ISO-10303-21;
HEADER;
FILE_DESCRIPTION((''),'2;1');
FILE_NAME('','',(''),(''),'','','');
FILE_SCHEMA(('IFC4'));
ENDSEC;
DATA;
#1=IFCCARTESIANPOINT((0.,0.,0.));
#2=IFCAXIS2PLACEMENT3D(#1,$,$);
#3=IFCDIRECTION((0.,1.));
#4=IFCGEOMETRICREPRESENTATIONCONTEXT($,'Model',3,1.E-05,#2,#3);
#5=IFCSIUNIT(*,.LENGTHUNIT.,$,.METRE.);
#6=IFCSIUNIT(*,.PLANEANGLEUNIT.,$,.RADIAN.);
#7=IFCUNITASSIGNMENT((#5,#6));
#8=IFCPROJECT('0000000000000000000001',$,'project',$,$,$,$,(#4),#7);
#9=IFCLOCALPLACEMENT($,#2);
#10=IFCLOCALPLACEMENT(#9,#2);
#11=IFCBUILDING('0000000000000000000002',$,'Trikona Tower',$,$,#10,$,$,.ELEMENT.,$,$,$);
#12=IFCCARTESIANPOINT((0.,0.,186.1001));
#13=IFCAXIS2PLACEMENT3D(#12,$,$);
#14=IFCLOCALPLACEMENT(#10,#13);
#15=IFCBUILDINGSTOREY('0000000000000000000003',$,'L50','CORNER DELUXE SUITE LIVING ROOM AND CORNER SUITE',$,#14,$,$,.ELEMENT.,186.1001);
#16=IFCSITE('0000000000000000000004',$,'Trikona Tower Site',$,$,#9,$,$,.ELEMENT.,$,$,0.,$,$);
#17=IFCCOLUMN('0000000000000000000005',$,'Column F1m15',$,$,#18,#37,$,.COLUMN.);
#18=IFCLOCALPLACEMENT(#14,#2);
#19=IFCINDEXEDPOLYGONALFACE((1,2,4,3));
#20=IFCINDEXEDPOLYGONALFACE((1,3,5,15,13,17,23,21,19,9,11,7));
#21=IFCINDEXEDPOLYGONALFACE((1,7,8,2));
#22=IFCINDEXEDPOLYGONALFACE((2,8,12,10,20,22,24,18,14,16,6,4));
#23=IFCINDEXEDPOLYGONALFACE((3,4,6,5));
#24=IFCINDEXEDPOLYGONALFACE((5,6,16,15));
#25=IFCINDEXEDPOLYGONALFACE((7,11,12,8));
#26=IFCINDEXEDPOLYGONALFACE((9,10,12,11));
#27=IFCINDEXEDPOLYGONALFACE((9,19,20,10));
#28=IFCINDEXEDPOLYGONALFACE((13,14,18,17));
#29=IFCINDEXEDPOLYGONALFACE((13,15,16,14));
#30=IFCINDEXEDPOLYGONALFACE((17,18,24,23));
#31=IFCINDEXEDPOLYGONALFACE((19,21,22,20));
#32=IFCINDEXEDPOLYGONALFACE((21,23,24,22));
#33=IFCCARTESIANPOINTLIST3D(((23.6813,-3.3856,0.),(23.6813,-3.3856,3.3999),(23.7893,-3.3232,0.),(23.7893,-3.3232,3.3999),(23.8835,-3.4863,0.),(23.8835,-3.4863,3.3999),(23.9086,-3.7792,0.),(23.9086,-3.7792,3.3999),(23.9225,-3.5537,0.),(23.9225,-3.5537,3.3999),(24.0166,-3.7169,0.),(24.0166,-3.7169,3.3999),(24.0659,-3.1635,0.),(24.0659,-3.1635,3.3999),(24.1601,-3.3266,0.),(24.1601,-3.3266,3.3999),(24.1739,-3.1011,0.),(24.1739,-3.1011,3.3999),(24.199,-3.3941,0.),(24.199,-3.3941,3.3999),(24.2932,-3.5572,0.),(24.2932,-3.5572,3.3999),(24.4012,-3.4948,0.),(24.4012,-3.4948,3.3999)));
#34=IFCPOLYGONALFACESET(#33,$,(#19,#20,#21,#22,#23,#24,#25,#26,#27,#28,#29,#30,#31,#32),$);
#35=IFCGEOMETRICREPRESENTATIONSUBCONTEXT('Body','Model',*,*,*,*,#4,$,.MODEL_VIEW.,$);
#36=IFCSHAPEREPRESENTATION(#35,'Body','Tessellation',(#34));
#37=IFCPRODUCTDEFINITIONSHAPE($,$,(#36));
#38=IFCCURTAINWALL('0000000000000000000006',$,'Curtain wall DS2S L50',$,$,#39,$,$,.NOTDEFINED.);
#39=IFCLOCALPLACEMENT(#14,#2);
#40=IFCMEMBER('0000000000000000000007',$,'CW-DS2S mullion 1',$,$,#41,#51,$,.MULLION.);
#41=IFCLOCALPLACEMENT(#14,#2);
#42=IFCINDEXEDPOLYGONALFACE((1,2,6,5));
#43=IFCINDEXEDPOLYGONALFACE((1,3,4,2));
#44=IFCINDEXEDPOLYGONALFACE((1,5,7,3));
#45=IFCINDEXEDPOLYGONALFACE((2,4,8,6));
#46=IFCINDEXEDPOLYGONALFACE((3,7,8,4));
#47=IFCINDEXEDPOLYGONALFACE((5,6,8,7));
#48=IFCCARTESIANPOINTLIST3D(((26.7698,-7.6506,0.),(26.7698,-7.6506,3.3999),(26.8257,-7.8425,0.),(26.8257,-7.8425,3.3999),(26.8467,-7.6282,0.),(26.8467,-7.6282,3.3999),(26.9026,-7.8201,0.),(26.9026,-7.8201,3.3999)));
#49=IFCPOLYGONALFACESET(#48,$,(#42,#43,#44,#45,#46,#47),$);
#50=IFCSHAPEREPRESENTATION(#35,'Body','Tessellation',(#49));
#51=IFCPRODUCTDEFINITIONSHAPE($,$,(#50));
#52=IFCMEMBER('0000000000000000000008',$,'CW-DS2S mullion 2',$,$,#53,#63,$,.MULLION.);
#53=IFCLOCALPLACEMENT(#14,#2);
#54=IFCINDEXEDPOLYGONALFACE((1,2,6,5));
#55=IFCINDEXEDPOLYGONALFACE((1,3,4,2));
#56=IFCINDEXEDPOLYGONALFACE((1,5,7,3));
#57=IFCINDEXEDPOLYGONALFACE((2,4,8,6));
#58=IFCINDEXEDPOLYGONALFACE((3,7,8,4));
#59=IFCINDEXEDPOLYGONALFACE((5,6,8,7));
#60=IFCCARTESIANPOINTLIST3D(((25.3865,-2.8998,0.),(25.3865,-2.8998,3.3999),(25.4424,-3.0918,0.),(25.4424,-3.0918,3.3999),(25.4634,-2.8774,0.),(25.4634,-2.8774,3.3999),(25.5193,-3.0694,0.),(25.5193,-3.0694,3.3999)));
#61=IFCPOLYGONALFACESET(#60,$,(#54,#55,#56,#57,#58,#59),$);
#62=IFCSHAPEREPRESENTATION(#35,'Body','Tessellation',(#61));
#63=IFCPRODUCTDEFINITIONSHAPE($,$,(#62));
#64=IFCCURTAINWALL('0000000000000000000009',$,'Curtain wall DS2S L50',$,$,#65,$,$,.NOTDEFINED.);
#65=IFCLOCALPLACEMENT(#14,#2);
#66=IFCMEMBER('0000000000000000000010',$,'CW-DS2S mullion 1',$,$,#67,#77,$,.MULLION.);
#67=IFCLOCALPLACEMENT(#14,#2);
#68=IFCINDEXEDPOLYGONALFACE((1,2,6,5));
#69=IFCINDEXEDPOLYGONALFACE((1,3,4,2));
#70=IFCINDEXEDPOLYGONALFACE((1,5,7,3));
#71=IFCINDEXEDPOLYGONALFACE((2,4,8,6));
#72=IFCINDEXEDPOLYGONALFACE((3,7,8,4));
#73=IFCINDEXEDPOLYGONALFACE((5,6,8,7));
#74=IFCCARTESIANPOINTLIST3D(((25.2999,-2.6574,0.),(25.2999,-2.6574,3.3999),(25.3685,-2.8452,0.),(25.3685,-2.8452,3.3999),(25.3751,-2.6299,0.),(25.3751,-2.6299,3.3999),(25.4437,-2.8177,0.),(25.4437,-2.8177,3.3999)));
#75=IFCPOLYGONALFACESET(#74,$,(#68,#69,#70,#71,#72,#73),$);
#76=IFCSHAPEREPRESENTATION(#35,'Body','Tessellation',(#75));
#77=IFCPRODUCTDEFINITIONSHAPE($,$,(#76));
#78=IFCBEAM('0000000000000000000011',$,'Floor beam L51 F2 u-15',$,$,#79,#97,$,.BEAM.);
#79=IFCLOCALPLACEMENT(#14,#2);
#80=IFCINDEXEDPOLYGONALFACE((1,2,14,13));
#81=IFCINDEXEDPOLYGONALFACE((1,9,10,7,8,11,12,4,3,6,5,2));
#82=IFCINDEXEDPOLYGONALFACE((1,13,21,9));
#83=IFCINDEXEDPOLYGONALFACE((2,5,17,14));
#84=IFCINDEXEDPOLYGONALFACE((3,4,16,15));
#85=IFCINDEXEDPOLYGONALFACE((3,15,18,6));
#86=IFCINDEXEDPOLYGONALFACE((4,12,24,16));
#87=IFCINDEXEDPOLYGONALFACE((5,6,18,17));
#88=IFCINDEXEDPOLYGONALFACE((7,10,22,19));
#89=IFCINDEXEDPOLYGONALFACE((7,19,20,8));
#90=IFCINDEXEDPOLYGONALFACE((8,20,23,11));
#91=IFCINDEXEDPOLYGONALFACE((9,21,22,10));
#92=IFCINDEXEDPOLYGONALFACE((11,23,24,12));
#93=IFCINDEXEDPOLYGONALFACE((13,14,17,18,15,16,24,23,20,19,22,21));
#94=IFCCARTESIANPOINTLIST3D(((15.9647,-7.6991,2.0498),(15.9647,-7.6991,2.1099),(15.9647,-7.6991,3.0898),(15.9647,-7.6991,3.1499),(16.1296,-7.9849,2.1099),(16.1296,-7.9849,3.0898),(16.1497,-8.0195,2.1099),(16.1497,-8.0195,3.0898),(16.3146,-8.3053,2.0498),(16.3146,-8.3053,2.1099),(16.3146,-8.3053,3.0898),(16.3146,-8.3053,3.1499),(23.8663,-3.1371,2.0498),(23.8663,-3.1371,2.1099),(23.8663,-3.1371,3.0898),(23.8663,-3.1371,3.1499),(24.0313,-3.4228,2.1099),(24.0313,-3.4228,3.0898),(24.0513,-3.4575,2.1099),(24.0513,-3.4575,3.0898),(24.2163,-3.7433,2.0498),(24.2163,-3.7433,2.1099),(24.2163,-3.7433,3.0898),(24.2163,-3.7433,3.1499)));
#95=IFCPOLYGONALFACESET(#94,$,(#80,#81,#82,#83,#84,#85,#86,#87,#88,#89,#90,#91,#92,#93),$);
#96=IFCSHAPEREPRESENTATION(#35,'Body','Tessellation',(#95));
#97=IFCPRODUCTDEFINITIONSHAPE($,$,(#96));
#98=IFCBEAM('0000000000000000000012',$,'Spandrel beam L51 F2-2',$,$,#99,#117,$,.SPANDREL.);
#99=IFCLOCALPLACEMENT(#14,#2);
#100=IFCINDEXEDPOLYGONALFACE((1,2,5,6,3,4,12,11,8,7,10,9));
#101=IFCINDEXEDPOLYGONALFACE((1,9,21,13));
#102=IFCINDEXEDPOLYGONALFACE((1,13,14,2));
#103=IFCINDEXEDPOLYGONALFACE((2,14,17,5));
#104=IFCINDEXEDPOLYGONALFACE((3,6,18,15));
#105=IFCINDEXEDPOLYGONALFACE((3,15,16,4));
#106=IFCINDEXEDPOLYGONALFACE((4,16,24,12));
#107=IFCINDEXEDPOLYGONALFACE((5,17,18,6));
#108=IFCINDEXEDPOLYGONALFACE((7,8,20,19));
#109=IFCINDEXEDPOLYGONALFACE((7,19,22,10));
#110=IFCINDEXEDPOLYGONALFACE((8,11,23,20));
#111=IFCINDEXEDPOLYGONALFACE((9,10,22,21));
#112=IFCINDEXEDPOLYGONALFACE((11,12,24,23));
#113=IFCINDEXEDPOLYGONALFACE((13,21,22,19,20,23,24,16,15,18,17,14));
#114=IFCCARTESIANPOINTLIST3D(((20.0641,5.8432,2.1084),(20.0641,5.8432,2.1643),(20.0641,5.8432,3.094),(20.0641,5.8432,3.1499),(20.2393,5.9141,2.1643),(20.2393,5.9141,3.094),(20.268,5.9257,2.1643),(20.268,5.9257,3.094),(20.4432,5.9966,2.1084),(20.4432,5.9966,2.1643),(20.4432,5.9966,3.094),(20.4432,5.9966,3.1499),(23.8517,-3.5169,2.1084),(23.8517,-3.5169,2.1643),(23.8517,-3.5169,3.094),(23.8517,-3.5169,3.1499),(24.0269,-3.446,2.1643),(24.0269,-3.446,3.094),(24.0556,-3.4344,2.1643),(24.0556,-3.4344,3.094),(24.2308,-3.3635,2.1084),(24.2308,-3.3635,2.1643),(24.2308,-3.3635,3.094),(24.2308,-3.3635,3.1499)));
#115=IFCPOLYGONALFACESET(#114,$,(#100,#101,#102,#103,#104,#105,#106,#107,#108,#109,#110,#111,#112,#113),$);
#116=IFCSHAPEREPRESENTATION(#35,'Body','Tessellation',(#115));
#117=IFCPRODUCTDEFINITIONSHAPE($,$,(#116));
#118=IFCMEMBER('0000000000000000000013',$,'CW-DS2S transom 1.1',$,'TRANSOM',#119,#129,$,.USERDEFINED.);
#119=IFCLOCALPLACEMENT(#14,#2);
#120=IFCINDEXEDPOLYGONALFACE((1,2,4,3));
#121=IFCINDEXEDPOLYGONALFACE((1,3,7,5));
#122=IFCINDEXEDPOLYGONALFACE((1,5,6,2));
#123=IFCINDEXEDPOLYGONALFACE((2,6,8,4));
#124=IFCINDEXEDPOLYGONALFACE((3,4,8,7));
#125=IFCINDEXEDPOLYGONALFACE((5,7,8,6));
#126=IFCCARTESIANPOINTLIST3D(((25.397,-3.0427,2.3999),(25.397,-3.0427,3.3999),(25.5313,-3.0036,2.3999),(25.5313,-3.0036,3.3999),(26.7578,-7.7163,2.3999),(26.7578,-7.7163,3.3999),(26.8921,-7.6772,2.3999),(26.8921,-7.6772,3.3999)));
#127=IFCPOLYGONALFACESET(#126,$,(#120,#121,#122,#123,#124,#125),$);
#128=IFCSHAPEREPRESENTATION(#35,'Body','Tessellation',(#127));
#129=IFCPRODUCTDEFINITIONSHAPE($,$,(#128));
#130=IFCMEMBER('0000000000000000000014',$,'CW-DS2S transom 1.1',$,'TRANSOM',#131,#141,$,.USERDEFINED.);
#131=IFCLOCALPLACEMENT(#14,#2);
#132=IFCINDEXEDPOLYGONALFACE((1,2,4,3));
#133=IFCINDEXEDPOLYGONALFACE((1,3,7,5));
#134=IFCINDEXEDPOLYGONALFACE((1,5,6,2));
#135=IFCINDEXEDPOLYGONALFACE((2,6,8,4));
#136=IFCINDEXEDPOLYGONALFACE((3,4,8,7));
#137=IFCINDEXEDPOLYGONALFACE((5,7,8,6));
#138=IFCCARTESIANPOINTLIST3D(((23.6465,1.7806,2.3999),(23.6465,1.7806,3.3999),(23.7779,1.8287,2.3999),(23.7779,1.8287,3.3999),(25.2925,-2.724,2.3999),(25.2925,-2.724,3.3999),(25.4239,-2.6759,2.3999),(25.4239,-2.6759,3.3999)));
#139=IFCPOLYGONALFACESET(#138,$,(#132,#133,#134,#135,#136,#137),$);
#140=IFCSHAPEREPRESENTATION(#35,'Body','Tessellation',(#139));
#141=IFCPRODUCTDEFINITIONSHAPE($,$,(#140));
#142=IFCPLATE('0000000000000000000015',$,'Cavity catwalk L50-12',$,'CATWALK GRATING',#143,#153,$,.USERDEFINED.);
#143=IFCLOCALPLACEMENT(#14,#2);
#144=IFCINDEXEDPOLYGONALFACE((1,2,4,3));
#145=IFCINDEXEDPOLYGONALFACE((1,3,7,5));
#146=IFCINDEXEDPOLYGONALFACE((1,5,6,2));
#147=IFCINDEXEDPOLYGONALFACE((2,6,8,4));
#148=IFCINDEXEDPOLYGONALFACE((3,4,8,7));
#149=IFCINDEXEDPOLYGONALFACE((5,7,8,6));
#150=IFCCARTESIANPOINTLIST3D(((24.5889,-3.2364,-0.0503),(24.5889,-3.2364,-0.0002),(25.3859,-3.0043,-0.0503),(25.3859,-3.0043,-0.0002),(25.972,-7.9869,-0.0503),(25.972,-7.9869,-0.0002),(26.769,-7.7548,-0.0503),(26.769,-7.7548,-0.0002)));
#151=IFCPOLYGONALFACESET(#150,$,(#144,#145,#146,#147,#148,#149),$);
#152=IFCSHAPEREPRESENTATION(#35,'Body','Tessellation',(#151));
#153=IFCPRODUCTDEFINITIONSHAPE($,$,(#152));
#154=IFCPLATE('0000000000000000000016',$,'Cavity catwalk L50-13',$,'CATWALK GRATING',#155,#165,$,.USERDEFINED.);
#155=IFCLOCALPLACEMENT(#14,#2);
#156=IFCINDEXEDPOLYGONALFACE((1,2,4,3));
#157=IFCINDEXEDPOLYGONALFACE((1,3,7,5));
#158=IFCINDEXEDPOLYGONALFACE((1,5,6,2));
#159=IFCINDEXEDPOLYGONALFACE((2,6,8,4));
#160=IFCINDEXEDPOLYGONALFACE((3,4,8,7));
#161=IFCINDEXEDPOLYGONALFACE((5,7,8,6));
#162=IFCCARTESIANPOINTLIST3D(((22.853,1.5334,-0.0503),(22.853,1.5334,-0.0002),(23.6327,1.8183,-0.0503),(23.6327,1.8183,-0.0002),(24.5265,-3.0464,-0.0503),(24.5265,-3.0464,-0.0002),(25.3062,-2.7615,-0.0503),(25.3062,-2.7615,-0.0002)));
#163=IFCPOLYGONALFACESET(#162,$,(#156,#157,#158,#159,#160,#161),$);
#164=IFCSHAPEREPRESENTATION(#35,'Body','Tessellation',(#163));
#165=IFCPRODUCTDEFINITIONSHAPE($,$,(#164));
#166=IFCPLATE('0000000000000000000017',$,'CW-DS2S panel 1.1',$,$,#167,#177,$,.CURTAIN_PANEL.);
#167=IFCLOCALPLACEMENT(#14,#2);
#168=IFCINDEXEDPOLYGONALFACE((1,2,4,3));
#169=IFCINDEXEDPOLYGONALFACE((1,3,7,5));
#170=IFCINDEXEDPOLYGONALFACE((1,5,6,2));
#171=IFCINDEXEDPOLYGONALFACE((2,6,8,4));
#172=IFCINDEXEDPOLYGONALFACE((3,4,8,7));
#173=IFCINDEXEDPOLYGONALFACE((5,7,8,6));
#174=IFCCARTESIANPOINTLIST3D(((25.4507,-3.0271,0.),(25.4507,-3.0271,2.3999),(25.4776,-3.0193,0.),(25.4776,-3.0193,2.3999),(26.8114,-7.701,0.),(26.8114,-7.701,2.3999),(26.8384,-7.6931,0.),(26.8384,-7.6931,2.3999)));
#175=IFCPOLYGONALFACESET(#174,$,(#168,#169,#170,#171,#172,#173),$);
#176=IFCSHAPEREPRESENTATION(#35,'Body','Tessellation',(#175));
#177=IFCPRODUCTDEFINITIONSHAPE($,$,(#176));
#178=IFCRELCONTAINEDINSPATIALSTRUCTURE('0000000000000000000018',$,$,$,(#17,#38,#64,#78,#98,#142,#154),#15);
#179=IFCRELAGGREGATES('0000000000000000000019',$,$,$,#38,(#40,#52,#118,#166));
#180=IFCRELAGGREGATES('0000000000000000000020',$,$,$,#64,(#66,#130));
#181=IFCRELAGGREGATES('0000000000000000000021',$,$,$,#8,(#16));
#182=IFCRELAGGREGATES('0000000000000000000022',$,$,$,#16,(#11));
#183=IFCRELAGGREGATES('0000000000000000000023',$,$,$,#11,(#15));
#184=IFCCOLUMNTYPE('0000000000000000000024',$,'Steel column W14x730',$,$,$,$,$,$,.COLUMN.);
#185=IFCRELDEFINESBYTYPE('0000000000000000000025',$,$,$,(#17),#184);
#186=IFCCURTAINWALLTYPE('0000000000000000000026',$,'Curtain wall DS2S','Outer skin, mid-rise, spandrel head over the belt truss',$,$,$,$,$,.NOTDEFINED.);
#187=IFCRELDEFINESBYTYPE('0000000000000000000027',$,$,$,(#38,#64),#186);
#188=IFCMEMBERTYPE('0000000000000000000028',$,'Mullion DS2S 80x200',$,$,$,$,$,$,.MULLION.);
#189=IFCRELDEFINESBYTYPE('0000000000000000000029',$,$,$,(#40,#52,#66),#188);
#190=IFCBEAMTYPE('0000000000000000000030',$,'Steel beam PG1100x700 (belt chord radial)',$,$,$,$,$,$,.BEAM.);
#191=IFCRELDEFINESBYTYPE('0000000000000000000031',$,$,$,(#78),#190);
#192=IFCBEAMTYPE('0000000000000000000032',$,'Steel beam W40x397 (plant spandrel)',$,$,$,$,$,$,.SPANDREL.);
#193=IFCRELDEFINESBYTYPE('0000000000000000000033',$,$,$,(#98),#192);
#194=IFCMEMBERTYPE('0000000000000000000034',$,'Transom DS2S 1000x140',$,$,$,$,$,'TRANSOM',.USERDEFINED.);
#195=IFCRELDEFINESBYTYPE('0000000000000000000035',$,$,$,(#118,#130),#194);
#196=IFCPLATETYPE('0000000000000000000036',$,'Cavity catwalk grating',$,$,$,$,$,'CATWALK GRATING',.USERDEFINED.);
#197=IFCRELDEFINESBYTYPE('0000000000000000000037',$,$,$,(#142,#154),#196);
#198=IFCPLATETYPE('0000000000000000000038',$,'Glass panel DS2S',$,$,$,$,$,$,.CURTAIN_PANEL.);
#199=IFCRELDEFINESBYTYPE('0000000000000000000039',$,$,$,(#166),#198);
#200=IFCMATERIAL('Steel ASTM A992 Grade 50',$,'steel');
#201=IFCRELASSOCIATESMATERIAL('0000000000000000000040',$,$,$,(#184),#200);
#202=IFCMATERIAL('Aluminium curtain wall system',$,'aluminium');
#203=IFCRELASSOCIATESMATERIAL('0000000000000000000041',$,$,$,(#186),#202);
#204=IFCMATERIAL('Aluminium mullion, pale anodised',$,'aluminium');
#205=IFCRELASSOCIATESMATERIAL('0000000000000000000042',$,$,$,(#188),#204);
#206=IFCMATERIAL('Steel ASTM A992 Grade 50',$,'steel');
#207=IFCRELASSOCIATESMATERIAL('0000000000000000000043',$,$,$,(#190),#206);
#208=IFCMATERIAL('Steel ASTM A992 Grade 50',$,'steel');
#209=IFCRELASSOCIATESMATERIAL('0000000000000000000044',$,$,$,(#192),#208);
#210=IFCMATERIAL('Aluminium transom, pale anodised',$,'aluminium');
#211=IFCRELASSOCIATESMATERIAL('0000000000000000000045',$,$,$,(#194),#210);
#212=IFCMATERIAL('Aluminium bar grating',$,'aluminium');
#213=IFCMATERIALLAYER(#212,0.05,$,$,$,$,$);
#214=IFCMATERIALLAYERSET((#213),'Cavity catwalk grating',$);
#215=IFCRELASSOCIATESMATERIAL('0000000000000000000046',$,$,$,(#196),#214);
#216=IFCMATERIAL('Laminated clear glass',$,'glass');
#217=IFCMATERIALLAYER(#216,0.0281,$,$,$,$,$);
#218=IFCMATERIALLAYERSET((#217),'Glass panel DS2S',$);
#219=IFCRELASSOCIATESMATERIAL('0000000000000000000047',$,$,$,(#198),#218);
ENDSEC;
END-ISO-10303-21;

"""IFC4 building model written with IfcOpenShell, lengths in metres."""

from ifc_helpers import new_model, si_unit, direction, frame, origin, origin_2d, place, context, subcontext, project, spatial, rectangle, i_section, extrude, material, layer, layer_set, material_profile, profile_set, type_object, element, aggregate, save


model = new_model("IFC4")

# Units and contexts
model_context = context("Model", 3, precision=1e-05, world=origin(), true_north=direction((0.0, 1.0)))
body_context = subcontext(model_context, "Body", "Model", "MODEL_VIEW")
ifc_project = project(units=[si_unit("LENGTHUNIT", "METRE"), si_unit("PLANEANGLEUNIT", "RADIAN")], contexts=[model_context])

# Site, building, storey
site_placement = place(None, origin())
site = spatial("IfcSite", under=ifc_project, at=site_placement, Name="Trikona Tower Site", CompositionType="ELEMENT", RefElevation=0.0)
building_placement = place(site_placement, origin())
building = spatial("IfcBuilding", under=site, at=building_placement, Name="Trikona Tower", CompositionType="ELEMENT")
storey_placement = place(building_placement, frame((0.0, 0.0, 186.1001)))
storey = spatial("IfcBuildingStorey", under=building, at=storey_placement, Name="L50", Description="CORNER DELUXE SUITE LIVING ROOM AND CORNER SUITE", CompositionType="ELEMENT", Elevation=186.1001)

# Column
ifc_material_1 = material(Name="Steel ASTM A992 Grade 50", Category="steel")
ifc_material_profile_1 = material_profile(ifc_material_1, i_section(OverallWidth=0.4546, OverallDepth=0.5688, WebThickness=0.0779, FlangeThickness=0.1248, at=origin_2d()), Name="W14X730")
ifc_profile_set_1 = profile_set([ifc_material_profile_1], Name="Steel ASTM A992 Grade 50")
column_type = type_object("IfcColumnType", Name="Steel column W14x730", PredefinedType="COLUMN", material=ifc_profile_set_1)
column_placement = place(storey_placement, frame((24.0413, -3.4402, 0.0), z_axis=(0.0, 0.0, 1.0), x_axis=(-0.5, 0.866025, 0.0)))
element("IfcColumn", 1, at=column_placement, inside=storey, type_object=column_type, Name="Column F1m15", PredefinedType="COLUMN", context=body_context, shape_type="SweptSolid", body=[
    extrude(i_section(OverallWidth=0.4546, OverallDepth=0.5688, WebThickness=0.0779, FlangeThickness=0.1248, at=origin_2d()), origin(), (0.0, 0.0, 1.0), 3.3999),
])

# Curtain wall, members
ifc_material_2 = material(Name="Aluminium curtain wall system", Category="aluminium")
curtain_wall_type = type_object("IfcCurtainWallType", Name="Curtain wall DS2S", Description="Outer skin, mid-rise, spandrel head over the belt truss", PredefinedType="NOTDEFINED", material=ifc_material_2)
curtain_wall_1_placement = place(storey_placement, origin())
curtain_wall_1 = element("IfcCurtainWall", 2, at=curtain_wall_1_placement, inside=storey, type_object=curtain_wall_type, Name="Curtain wall DS2S L50", PredefinedType="NOTDEFINED")
ifc_material_3 = material(Name="Aluminium mullion, pale anodised", Category="aluminium")
ifc_material_profile_2 = material_profile(ifc_material_3, rectangle(XDim=0.0801, YDim=0.2, at=origin_2d()), Name="MUL-DS2S")
ifc_profile_set_2 = profile_set([ifc_material_profile_2], Name="Aluminium mullion, pale anodised")
member_type_1 = type_object("IfcMemberType", Name="Mullion DS2S 80x200", PredefinedType="MULLION", material=ifc_profile_set_2)
member_1_placement = place(storey_placement, frame((26.8362, -7.7354, 0.0), z_axis=(0.0, 0.0, 1.0), x_axis=(-0.960133, -0.279543, 0.0)))
member_1 = element("IfcMember", 3, at=member_1_placement, type_object=member_type_1, Name="CW-DS2S mullion 1", PredefinedType="MULLION", context=body_context, shape_type="SweptSolid", body=[
    extrude(rectangle(XDim=0.0801, YDim=0.2, at=origin_2d()), origin(), (0.0, 0.0, 1.0), 3.3999),
])
member_2_placement = place(storey_placement, frame((25.4529, -2.9846, 0.0), z_axis=(0.0, 0.0, 1.0), x_axis=(-0.960133, -0.279543, 0.0)))
member_2 = element("IfcMember", 4, at=member_2_placement, type_object=member_type_1, Name="CW-DS2S mullion 2", PredefinedType="MULLION", context=body_context, shape_type="SweptSolid", body=[
    extrude(rectangle(XDim=0.0801, YDim=0.2, at=origin_2d()), origin(), (0.0, 0.0, 1.0), 3.3999),
])

# Curtain wall, member
curtain_wall_2_placement = place(storey_placement, origin())
curtain_wall_2 = element("IfcCurtainWall", 5, at=curtain_wall_2_placement, inside=storey, type_object=curtain_wall_type, Name="Curtain wall DS2S L50", PredefinedType="NOTDEFINED")
member_3_placement = place(storey_placement, frame((25.3718, -2.7375, 0.0), z_axis=(0.0, 0.0, 1.0), x_axis=(-0.939254, -0.343223, 0.0)))
member_3 = element("IfcMember", 6, at=member_3_placement, type_object=member_type_1, Name="CW-DS2S mullion 1", PredefinedType="MULLION", context=body_context, shape_type="SweptSolid", body=[
    extrude(rectangle(XDim=0.0801, YDim=0.2, at=origin_2d()), origin(), (0.0, 0.0, 1.0), 3.3999),
])

# Beams
ifc_material_4 = material(Name="Steel ASTM A992 Grade 50", Category="steel")
ifc_material_profile_3 = material_profile(ifc_material_4, i_section(OverallWidth=0.7, OverallDepth=1.1001, WebThickness=0.04, FlangeThickness=0.0601, at=origin_2d()), Name="PG1100X700")
ifc_profile_set_3 = profile_set([ifc_material_profile_3], Name="Steel ASTM A992 Grade 50")
beam_type_1 = type_object("IfcBeamType", Name="Steel beam PG1100x700 (belt chord radial)", PredefinedType="BEAM", material=ifc_profile_set_3)
beam_1_placement = place(storey_placement, frame((16.1396, -8.0022, 2.5999), z_axis=(0.866025, 0.500001, 0.0), x_axis=(-0.500001, 0.866025, 0.0)))
element("IfcBeam", 7, at=beam_1_placement, inside=storey, type_object=beam_type_1, Name="Floor beam L51 F2 u-15", PredefinedType="BEAM", context=body_context, shape_type="SweptSolid", body=[
    extrude(i_section(OverallWidth=0.7, OverallDepth=1.1001, WebThickness=0.04, FlangeThickness=0.0601, at=origin_2d()), origin(), (0.0, 0.0, 1.0), 9.124),
])
ifc_material_5 = material(Name="Steel ASTM A992 Grade 50", Category="steel")
ifc_material_profile_4 = material_profile(ifc_material_5, i_section(OverallWidth=0.4089, OverallDepth=1.0415, WebThickness=0.031, FlangeThickness=0.0559, at=origin_2d()), Name="W40X397")
ifc_profile_set_4 = profile_set([ifc_material_profile_4], Name="Steel ASTM A992 Grade 50")
beam_type_2 = type_object("IfcBeamType", Name="Steel beam W40x397 (plant spandrel)", PredefinedType="SPANDREL", material=ifc_profile_set_4)
beam_2_placement = place(storey_placement, frame((24.0413, -3.4402, 2.6292), z_axis=(-0.375106, 0.926982, 0.0), x_axis=(-0.926982, -0.375106, 0.0)))
element("IfcBeam", 8, at=beam_2_placement, inside=storey, type_object=beam_type_2, Name="Spandrel beam L51 F2-2", PredefinedType="SPANDREL", context=body_context, shape_type="SweptSolid", body=[
    extrude(i_section(OverallWidth=0.4089, OverallDepth=1.0415, WebThickness=0.031, FlangeThickness=0.0559, at=origin_2d()), origin(), (0.0, 0.0, 1.0), 10.0974),
])

# Members
ifc_material_6 = material(Name="Aluminium transom, pale anodised", Category="aluminium")
ifc_material_profile_5 = material_profile(ifc_material_6, rectangle(XDim=0.1399, YDim=1.0, at=origin_2d()), Name="TRN-DS2S")
ifc_profile_set_5 = profile_set([ifc_material_profile_5], Name="Aluminium transom, pale anodised")
member_type_2 = type_object("IfcMemberType", Name="Transom DS2S 1000x140", ElementType="TRANSOM", PredefinedType="USERDEFINED", material=ifc_profile_set_5)
member_4_placement = place(storey_placement, frame((26.825, -7.6968, 2.8999), z_axis=(-0.279567, 0.960126, 0.0), x_axis=(-0.960126, -0.279567, 0.0)))
member_4 = element("IfcMember", 9, at=member_4_placement, type_object=member_type_2, Name="CW-DS2S transom 1.1", ObjectType="TRANSOM", PredefinedType="USERDEFINED", context=body_context, shape_type="SweptSolid", body=[
    extrude(rectangle(XDim=0.1399, YDim=1.0, at=origin_2d()), origin(), (0.0, 0.0, 1.0), 4.8677),
])
member_5_placement = place(storey_placement, frame((25.3582, -2.7, 2.8999), z_axis=(-0.343206, 0.93926, 0.0), x_axis=(-0.93926, -0.343206, 0.0)))
member_5 = element("IfcMember", 10, at=member_5_placement, type_object=member_type_2, Name="CW-DS2S transom 1.1", ObjectType="TRANSOM", PredefinedType="USERDEFINED", context=body_context, shape_type="SweptSolid", body=[
    extrude(rectangle(XDim=0.1399, YDim=1.0, at=origin_2d()), origin(), (0.0, 0.0, 1.0), 4.7959),
])

# Plates
ifc_material_7 = material(Name="Aluminium bar grating", Category="aluminium")
ifc_layer_1 = layer(ifc_material_7, 0.05)
ifc_layer_set_1 = layer_set([ifc_layer_1], Name="Cavity catwalk grating")
plate_type_1 = type_object("IfcPlateType", Name="Cavity catwalk grating", ElementType="CATWALK GRATING", PredefinedType="USERDEFINED", material=ifc_layer_set_1)
plate_1_placement = place(storey_placement, frame((25.679, -5.4956, -0.0503), z_axis=(0.0, 0.0, 1.0), x_axis=(-0.279554, 0.96013, 0.0)))
element("IfcPlate", 11, at=plate_1_placement, inside=storey, type_object=plate_type_1, Name="Cavity catwalk L50-12", ObjectType="CATWALK GRATING", PredefinedType="USERDEFINED", context=body_context, shape_type="SweptSolid", body=[
    extrude(rectangle(XDim=4.9478, YDim=0.8301, at=origin_2d()), origin(), (0.0, 0.0, 1.0), 0.05),
])
plate_2_placement = place(storey_placement, frame((24.0796, -0.614, -0.0503), z_axis=(0.0, 0.0, 1.0), x_axis=(-0.34322, 0.939255, 0.0)))
element("IfcPlate", 12, at=plate_2_placement, inside=storey, type_object=plate_type_1, Name="Cavity catwalk L50-13", ObjectType="CATWALK GRATING", PredefinedType="USERDEFINED", context=body_context, shape_type="SweptSolid", body=[
    extrude(rectangle(XDim=4.876, YDim=0.8301, at=origin_2d()), origin(), (0.0, 0.0, 1.0), 0.05),
])

# Plate
ifc_material_8 = material(Name="Laminated clear glass", Category="glass")
ifc_layer_2 = layer(ifc_material_8, 0.0281)
ifc_layer_set_2 = layer_set([ifc_layer_2], Name="Glass panel DS2S")
plate_type_2 = type_object("IfcPlateType", Name="Glass panel DS2S", PredefinedType="CURTAIN_PANEL", material=ifc_layer_set_2)
plate_3_placement = place(storey_placement, frame((26.1445, -5.3601, 0.0), z_axis=(0.0, 0.0, 1.0), x_axis=(-0.279543, 0.960133, 0.0)))
plate_3 = element("IfcPlate", 13, at=plate_3_placement, type_object=plate_type_2, Name="CW-DS2S panel 1.1", PredefinedType="CURTAIN_PANEL", context=body_context, shape_type="SweptSolid", body=[
    extrude(rectangle(XDim=4.8679, YDim=0.0281, at=origin_2d()), origin(), (0.0, 0.0, 1.0), 2.3999),
])
aggregate(curtain_wall_1, [member_1, member_2, member_4, plate_3])
aggregate(curtain_wall_2, [member_3, member_5])

save(model, "model.ifc")
